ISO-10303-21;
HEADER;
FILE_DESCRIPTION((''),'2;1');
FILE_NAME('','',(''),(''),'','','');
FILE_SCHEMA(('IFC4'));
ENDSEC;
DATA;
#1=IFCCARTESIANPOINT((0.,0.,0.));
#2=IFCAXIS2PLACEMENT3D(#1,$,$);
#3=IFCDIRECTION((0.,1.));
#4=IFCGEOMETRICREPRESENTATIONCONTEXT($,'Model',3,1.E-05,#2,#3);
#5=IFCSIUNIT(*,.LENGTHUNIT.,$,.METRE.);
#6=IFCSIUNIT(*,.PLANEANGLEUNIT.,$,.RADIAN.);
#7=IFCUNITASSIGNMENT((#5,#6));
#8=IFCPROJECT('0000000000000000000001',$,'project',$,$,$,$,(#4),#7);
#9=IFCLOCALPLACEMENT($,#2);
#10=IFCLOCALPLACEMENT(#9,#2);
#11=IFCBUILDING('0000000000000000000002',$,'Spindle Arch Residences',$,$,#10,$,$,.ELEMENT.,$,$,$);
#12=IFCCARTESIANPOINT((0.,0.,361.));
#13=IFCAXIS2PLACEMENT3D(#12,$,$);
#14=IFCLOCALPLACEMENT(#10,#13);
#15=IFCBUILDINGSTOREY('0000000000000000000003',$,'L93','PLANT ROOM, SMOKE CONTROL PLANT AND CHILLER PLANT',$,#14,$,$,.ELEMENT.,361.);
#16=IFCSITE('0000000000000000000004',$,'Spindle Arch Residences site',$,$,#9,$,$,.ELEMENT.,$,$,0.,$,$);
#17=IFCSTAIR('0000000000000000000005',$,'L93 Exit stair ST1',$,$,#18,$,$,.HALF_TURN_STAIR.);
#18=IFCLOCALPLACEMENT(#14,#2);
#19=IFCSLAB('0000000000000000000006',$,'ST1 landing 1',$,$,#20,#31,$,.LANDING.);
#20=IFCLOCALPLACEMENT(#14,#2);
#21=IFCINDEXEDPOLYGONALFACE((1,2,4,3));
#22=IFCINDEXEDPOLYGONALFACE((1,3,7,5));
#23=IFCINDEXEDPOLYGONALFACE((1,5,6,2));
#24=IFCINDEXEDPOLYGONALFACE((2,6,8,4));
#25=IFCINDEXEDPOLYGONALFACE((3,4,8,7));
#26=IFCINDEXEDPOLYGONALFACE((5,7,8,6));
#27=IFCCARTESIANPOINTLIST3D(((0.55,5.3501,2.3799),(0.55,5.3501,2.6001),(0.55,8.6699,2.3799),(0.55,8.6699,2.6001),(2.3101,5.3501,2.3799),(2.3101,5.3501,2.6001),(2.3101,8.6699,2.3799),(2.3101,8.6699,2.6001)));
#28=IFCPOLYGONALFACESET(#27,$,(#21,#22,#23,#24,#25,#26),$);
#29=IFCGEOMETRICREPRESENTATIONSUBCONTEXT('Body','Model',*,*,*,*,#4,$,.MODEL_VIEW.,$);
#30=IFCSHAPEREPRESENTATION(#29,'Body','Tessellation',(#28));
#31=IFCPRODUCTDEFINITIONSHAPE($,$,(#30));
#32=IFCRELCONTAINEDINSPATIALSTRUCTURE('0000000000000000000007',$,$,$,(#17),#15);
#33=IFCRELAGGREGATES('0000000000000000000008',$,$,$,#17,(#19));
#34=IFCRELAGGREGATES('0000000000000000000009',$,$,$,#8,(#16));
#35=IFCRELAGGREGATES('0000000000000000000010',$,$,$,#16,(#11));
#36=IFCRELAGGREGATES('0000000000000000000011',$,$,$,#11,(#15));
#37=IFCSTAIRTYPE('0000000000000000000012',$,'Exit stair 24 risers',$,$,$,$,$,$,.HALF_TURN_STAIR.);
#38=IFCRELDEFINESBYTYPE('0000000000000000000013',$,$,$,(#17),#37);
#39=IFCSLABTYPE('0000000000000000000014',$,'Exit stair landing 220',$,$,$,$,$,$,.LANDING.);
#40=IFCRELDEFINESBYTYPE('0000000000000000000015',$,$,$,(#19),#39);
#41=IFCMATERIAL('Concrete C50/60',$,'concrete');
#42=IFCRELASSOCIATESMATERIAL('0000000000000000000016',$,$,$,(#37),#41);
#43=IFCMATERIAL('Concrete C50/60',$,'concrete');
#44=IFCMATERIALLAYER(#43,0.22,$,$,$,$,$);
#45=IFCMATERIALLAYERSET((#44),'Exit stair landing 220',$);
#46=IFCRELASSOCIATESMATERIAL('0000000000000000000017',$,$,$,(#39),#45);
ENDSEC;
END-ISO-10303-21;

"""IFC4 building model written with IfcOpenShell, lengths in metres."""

from ifc_helpers import new_model, si_unit, direction, frame, origin, place, context, subcontext, project, spatial, polyline, outline, extrude, material, layer, layer_set, type_object, element, aggregate, save


model = new_model("IFC4")

# Units and contexts
model_context = context("Model", 3, precision=1e-05, world=origin(), true_north=direction((0.0, 1.0)))
body_context = subcontext(model_context, "Body", "Model", "MODEL_VIEW")
ifc_project = project(units=[si_unit("LENGTHUNIT", "METRE"), si_unit("PLANEANGLEUNIT", "RADIAN")], contexts=[model_context])

# Site, building, storey
site_placement = place(None, origin())
site = spatial("IfcSite", under=ifc_project, at=site_placement, Name="Spindle Arch Residences site", CompositionType="ELEMENT", RefElevation=0.0)
building_placement = place(site_placement, origin())
building = spatial("IfcBuilding", under=site, at=building_placement, Name="Spindle Arch Residences", CompositionType="ELEMENT")
storey_placement = place(building_placement, frame((0.0, 0.0, 361.0)))
storey = spatial("IfcBuildingStorey", under=building, at=storey_placement, Name="L93", Description="PLANT ROOM, SMOKE CONTROL PLANT AND CHILLER PLANT", CompositionType="ELEMENT", Elevation=361.0)

# Stair, slab
ifc_material_1 = material(Name="Concrete C50/60", Category="concrete")
stair_type = type_object("IfcStairType", Name="Exit stair 24 risers", PredefinedType="HALF_TURN_STAIR", material=ifc_material_1)
stair_1_placement = place(storey_placement, origin())
stair_1 = element("IfcStair", 1, at=stair_1_placement, inside=storey, type_object=stair_type, Name="L93 Exit stair ST1", PredefinedType="HALF_TURN_STAIR")
ifc_material_2 = material(Name="Concrete C50/60", Category="concrete")
ifc_layer_1 = layer(ifc_material_2, 0.22)
ifc_layer_set_1 = layer_set([ifc_layer_1], Name="Exit stair landing 220")
slab_type_1 = type_object("IfcSlabType", Name="Exit stair landing 220", PredefinedType="LANDING", material=ifc_layer_set_1)
slab_1_placement = place(storey_placement, frame((0.0, 0.0, 2.3799)))
slab_1 = element("IfcSlab", 2, at=slab_1_placement, type_object=slab_type_1, Name="ST1 landing 1", PredefinedType="LANDING", context=body_context, shape_type="SweptSolid", body=[
    extrude(outline(polyline([(2.3101, 8.6699), (0.55, 8.6699), (0.55, 5.3501), (2.3101, 5.3501), (2.3101, 8.6699)])), origin(), (0.0, 0.0, 1.0), 0.2202),
])
aggregate(stair_1, [slab_1])

save(model, "model.ifc")
